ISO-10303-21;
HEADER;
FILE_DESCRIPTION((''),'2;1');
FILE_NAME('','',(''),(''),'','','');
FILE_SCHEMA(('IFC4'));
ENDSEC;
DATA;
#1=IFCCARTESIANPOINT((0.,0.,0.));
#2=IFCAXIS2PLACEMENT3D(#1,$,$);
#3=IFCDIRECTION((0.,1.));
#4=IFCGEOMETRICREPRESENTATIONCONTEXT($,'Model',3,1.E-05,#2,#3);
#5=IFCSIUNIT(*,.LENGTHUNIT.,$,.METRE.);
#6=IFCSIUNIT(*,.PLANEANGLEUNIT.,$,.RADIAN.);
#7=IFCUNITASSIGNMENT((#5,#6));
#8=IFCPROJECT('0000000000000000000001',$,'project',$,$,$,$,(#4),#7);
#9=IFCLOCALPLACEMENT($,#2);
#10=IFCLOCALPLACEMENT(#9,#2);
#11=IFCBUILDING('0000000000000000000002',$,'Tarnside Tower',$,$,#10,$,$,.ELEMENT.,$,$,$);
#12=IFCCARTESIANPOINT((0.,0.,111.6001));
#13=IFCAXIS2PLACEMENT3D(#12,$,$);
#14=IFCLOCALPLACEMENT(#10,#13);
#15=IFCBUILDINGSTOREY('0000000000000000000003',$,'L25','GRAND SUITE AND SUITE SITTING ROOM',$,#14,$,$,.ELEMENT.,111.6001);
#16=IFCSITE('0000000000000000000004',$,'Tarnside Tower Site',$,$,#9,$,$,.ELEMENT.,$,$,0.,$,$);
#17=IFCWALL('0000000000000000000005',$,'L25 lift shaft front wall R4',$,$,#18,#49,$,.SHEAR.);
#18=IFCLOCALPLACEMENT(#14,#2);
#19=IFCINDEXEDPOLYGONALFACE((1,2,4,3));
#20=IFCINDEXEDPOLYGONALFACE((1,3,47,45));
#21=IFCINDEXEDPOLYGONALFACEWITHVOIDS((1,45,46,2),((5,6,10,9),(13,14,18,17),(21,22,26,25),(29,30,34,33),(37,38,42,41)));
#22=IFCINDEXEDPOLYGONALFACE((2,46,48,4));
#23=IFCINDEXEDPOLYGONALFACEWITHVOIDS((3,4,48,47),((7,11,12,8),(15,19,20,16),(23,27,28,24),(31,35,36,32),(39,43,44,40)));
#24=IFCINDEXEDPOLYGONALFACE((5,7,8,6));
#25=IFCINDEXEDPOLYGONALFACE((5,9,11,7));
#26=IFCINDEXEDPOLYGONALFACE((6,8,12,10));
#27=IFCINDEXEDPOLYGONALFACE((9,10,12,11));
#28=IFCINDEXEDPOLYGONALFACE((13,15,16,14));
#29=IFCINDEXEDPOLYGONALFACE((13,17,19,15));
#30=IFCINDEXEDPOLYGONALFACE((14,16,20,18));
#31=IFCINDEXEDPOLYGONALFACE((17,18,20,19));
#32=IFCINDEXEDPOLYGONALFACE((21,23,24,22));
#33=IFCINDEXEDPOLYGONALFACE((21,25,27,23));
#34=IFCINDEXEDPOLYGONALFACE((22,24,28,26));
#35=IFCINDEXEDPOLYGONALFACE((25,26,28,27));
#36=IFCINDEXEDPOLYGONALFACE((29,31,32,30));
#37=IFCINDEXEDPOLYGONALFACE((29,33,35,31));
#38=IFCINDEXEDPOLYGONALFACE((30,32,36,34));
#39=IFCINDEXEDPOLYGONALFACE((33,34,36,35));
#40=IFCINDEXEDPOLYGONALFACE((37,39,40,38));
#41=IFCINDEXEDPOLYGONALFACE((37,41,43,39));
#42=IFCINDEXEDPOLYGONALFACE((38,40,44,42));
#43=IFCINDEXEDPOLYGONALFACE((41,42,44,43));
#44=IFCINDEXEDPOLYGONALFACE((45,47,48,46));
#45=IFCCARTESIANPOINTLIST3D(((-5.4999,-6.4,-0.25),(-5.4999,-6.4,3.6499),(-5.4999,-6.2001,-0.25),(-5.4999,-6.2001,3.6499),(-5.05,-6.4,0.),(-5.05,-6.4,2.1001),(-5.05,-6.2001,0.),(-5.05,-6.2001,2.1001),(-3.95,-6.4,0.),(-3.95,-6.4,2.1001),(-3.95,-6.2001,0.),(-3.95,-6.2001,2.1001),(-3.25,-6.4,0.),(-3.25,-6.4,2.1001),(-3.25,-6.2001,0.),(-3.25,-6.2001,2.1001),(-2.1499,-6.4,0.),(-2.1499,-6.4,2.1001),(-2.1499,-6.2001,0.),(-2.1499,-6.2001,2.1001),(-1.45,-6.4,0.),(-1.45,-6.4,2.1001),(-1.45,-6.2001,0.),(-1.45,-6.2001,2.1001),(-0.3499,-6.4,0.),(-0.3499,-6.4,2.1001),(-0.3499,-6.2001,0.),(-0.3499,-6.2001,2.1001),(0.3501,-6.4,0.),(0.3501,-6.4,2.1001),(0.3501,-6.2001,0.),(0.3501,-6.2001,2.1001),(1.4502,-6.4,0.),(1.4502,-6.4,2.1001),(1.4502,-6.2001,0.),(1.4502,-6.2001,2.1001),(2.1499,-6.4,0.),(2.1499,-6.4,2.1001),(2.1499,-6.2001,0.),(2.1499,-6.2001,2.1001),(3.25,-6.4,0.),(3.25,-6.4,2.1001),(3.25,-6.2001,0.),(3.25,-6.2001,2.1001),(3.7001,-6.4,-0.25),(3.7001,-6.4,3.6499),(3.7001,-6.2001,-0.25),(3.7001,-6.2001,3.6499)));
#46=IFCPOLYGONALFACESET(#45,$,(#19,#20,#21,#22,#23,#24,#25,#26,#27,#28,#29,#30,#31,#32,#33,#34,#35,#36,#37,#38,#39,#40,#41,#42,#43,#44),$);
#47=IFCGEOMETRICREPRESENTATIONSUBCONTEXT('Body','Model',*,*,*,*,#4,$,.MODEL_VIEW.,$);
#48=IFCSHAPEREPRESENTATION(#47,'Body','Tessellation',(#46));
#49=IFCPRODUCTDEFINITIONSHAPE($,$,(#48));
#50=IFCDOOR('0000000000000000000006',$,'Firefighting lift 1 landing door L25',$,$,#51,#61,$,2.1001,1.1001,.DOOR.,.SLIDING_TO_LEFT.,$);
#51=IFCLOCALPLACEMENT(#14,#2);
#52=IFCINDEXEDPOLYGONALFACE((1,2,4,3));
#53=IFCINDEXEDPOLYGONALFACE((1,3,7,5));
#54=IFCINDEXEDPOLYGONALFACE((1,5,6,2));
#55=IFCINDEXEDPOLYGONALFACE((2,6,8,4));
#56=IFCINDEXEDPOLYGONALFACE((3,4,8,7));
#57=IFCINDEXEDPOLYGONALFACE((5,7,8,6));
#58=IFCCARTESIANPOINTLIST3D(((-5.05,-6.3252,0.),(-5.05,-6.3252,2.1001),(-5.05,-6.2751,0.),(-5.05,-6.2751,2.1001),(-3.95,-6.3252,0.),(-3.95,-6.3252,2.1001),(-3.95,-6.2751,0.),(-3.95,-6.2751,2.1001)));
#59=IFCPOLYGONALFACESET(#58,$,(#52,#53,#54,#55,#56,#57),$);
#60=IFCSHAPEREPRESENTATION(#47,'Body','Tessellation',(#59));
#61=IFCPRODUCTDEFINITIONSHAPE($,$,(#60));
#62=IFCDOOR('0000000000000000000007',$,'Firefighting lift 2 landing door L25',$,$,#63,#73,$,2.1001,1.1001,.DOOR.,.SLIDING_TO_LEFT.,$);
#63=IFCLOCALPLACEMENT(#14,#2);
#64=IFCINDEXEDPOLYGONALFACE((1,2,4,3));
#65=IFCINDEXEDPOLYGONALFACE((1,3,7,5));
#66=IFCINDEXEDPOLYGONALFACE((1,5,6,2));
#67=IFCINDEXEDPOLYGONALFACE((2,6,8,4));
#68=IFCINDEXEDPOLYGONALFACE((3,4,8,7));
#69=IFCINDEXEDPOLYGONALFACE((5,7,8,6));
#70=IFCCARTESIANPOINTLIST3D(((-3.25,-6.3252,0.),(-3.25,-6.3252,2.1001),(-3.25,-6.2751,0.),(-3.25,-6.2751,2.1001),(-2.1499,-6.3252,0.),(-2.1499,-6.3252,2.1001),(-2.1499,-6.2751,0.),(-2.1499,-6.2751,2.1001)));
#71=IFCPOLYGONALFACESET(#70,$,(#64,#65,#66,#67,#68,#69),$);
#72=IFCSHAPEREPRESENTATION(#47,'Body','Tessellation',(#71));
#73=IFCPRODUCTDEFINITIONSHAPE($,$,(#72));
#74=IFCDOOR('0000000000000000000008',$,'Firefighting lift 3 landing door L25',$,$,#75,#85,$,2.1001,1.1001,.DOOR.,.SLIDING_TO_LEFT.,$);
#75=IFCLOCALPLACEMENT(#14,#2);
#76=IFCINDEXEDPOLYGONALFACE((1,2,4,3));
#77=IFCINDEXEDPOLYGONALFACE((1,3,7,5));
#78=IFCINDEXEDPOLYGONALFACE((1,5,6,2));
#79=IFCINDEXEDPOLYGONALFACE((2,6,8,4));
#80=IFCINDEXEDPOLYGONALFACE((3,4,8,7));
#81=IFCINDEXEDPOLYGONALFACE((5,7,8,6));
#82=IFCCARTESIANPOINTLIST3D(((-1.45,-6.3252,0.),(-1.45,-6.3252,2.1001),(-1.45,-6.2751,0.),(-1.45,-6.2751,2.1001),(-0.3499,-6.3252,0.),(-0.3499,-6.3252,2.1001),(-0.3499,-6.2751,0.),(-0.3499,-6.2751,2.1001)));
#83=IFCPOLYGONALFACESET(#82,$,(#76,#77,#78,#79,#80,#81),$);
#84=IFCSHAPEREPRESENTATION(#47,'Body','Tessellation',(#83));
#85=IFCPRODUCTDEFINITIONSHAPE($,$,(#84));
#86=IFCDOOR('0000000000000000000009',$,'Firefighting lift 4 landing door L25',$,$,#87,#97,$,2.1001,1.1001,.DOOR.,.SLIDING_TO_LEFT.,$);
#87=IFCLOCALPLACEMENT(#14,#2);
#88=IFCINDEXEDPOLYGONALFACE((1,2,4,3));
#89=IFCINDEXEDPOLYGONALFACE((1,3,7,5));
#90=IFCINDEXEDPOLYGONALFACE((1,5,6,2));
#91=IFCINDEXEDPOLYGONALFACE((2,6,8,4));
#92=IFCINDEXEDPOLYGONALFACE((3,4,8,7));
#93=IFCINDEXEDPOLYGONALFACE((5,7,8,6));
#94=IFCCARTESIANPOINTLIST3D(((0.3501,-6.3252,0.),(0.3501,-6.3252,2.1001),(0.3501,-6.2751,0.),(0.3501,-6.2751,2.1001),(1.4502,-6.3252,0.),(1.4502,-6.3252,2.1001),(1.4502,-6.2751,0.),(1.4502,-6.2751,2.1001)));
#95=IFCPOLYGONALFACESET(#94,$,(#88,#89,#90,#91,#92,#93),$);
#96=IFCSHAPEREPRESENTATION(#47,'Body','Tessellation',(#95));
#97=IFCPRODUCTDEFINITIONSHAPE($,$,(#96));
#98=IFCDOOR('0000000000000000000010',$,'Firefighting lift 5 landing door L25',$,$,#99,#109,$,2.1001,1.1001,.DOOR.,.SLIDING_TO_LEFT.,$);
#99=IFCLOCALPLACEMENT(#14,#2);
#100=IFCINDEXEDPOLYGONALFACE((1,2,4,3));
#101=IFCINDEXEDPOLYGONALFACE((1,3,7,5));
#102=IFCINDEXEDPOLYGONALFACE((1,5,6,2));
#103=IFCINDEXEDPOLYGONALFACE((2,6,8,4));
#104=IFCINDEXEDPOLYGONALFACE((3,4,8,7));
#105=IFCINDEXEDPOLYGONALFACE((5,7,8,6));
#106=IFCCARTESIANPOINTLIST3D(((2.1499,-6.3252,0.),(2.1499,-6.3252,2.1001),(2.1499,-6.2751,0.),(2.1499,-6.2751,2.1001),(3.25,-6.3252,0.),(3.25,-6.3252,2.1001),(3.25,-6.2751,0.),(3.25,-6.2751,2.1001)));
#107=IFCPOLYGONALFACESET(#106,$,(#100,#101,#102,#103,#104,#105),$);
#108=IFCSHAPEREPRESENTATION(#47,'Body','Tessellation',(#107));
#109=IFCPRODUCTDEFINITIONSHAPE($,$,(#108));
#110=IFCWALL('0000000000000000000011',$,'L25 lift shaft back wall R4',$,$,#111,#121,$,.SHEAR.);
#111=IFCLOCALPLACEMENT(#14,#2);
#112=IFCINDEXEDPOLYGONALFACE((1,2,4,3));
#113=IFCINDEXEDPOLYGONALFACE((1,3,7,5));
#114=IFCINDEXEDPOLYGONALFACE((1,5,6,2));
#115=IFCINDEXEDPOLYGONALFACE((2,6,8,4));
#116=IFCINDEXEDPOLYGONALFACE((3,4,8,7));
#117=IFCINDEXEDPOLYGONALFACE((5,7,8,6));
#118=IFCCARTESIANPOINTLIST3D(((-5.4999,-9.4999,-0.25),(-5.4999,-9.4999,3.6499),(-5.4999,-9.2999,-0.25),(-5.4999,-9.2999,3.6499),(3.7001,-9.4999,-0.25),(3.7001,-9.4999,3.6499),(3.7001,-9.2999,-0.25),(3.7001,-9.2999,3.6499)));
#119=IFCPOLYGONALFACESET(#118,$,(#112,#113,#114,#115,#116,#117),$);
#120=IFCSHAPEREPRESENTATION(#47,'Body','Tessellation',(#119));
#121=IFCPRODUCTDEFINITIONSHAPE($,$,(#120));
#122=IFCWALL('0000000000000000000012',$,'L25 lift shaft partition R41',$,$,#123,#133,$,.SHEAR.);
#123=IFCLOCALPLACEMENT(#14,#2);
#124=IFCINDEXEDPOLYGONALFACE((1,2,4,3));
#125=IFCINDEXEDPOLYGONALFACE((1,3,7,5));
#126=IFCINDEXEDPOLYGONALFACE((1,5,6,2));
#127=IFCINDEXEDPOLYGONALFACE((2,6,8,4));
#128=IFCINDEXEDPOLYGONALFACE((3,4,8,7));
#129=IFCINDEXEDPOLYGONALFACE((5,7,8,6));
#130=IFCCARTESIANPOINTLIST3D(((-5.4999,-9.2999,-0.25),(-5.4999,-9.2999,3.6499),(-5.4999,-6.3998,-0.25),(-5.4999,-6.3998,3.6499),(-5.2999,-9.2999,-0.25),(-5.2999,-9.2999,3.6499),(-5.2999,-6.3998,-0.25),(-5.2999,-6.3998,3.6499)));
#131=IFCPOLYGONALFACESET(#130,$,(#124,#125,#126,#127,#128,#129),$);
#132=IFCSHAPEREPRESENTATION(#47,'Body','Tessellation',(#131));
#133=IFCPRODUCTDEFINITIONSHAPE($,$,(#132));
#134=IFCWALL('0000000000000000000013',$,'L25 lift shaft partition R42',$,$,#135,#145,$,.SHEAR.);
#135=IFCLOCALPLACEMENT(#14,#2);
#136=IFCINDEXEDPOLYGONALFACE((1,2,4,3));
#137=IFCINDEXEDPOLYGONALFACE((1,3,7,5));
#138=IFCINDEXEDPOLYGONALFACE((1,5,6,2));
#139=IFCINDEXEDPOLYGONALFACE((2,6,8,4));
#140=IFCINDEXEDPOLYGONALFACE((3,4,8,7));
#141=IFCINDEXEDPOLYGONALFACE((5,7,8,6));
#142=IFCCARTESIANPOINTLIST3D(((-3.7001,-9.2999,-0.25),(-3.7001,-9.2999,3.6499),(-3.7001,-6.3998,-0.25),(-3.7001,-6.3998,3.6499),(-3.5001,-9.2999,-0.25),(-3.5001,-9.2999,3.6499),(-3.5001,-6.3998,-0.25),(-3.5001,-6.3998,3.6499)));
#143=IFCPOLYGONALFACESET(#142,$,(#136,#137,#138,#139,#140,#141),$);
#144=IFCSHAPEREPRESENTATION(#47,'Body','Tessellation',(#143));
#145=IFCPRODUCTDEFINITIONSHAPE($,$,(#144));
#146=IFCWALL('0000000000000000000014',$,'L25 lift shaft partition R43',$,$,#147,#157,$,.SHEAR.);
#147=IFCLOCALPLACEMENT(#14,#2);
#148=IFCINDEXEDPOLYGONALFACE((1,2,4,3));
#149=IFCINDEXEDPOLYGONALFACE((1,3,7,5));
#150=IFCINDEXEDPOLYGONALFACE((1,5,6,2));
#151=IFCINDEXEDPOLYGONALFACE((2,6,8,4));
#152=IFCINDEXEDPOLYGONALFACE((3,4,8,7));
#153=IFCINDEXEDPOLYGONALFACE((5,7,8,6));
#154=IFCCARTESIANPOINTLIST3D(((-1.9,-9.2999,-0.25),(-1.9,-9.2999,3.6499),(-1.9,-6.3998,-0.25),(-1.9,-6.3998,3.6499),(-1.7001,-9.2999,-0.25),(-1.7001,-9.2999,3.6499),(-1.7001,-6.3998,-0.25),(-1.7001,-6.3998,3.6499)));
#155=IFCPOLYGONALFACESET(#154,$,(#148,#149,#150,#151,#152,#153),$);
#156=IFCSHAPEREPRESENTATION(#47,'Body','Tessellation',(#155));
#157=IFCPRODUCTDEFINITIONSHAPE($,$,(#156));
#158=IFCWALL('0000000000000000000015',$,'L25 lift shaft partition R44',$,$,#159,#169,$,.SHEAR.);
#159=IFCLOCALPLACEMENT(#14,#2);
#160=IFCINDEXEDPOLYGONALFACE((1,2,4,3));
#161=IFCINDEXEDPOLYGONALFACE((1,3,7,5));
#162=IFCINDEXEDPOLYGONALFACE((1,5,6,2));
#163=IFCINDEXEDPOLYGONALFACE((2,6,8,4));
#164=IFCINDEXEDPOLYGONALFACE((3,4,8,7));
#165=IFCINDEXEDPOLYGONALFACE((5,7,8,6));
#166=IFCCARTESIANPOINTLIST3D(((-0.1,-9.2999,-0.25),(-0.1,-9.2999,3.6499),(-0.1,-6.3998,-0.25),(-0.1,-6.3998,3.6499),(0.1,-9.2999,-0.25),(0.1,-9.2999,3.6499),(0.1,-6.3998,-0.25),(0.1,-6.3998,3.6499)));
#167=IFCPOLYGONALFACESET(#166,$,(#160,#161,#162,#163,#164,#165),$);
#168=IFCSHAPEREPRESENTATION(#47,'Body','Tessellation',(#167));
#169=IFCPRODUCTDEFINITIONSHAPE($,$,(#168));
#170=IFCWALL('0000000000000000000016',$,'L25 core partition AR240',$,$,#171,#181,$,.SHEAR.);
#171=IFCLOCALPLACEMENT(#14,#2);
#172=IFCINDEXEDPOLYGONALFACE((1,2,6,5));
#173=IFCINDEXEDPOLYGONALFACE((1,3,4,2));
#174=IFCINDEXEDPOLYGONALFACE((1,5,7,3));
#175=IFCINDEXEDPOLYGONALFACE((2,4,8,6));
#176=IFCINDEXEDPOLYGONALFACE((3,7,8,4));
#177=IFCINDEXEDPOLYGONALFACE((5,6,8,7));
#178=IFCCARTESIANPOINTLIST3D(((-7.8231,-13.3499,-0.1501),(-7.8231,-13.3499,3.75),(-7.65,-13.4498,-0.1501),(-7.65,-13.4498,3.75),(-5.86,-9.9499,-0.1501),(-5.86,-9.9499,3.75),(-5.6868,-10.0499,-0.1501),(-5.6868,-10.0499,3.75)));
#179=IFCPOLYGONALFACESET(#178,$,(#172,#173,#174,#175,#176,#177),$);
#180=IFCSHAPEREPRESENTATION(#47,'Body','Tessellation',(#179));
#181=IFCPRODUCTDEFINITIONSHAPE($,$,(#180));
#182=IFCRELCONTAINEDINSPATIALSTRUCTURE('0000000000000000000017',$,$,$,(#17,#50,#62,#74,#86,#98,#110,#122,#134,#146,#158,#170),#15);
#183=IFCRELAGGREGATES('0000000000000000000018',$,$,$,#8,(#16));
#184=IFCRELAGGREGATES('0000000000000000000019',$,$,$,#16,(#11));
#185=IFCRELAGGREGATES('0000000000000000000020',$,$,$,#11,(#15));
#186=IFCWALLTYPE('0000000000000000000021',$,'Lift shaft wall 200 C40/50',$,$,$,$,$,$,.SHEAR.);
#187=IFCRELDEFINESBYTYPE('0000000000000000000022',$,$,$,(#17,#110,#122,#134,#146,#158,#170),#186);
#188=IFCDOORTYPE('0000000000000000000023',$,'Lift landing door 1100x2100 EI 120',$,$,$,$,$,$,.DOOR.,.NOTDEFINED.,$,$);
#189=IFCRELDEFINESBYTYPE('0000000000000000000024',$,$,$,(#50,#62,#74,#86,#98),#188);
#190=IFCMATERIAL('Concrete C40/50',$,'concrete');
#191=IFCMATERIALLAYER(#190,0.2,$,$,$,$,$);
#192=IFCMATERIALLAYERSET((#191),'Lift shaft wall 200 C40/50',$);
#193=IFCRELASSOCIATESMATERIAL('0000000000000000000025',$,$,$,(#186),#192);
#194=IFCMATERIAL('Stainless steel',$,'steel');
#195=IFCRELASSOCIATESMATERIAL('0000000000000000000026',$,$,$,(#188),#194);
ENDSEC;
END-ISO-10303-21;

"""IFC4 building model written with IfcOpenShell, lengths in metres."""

from ifc_helpers import new_model, si_unit, direction, frame, frame_2d, origin, place, context, subcontext, project, spatial, rectangle, extrude, material, layer, layer_set, type_object, element, fill, save


model = new_model("IFC4")

# Units and contexts
model_context = context("Model", 3, precision=1e-05, world=origin(), true_north=direction((0.0, 1.0)))
body_context = subcontext(model_context, "Body", "Model", "MODEL_VIEW")
ifc_project = project(units=[si_unit("LENGTHUNIT", "METRE"), si_unit("PLANEANGLEUNIT", "RADIAN")], contexts=[model_context])

# Site, building, storey
site_placement = place(None, origin())
site = spatial("IfcSite", under=ifc_project, at=site_placement, Name="Tarnside Tower Site", CompositionType="ELEMENT", RefElevation=0.0)
building_placement = place(site_placement, origin())
building = spatial("IfcBuilding", under=site, at=building_placement, Name="Tarnside Tower", CompositionType="ELEMENT")
storey_placement = place(building_placement, frame((0.0, 0.0, 111.6001)))
storey = spatial("IfcBuildingStorey", under=building, at=storey_placement, Name="L25", Description="GRAND SUITE AND SUITE SITTING ROOM", CompositionType="ELEMENT", Elevation=111.6001)

# Wall, openings, doors
ifc_material_1 = material(Name="Concrete C40/50", Category="concrete")
ifc_layer_1 = layer(ifc_material_1, 0.2)
ifc_layer_set_1 = layer_set([ifc_layer_1], Name="Lift shaft wall 200 C40/50")
wall_type_1 = type_object("IfcWallType", Name="Lift shaft wall 200 C40/50", PredefinedType="SHEAR", material=ifc_layer_set_1)
wall_1_placement = place(storey_placement, frame((-5.5, -6.3, -0.25), z_axis=(0.0, 0.0, 1.0), x_axis=(1.0, 0.0, 0.0)))
wall_1 = element("IfcWall", 1, at=wall_1_placement, inside=storey, type_object=wall_type_1, Name="L25 lift shaft front wall R4", PredefinedType="SHEAR", context=body_context, shape_type="SweptSolid", body=[
    extrude(rectangle(XDim=9.2, YDim=0.2, at=frame_2d((4.6001, 0.0))), origin(), (0.0, 0.0, 1.0), 3.8999),
])
opening_1_placement = place(wall_1_placement, frame((0.45, 0.0, 0.25)))
opening_1 = element("IfcOpeningElement", 2, at=opening_1_placement, cuts=wall_1, PredefinedType="OPENING", context=body_context, shape_type="SweptSolid", body=[
    extrude(rectangle(XDim=1.1001, YDim=2.1001, at=frame_2d((0.55, 1.05))), frame((0.0, 0.1099, 0.0), z_axis=(0.0, -1.0, 0.0), x_axis=(1.0, 0.0, 0.0)), (0.0, 0.0, 1.0), 0.22),
])
opening_2_placement = place(wall_1_placement, frame((2.25, 0.0, 0.25)))
opening_2 = element("IfcOpeningElement", 3, at=opening_2_placement, cuts=wall_1, PredefinedType="OPENING", context=body_context, shape_type="SweptSolid", body=[
    extrude(rectangle(XDim=1.1001, YDim=2.1001, at=frame_2d((0.55, 1.05))), frame((0.0, 0.1099, 0.0), z_axis=(0.0, -1.0, 0.0), x_axis=(1.0, 0.0, 0.0)), (0.0, 0.0, 1.0), 0.22),
])
opening_3_placement = place(wall_1_placement, frame((4.05, 0.0, 0.25)))
opening_3 = element("IfcOpeningElement", 4, at=opening_3_placement, cuts=wall_1, PredefinedType="OPENING", context=body_context, shape_type="SweptSolid", body=[
    extrude(rectangle(XDim=1.1001, YDim=2.1001, at=frame_2d((0.55, 1.05))), frame((0.0, 0.1099, 0.0), z_axis=(0.0, -1.0, 0.0), x_axis=(1.0, 0.0, 0.0)), (0.0, 0.0, 1.0), 0.22),
])
opening_4_placement = place(wall_1_placement, frame((5.8501, 0.0, 0.25)))
opening_4 = element("IfcOpeningElement", 5, at=opening_4_placement, cuts=wall_1, PredefinedType="OPENING", context=body_context, shape_type="SweptSolid", body=[
    extrude(rectangle(XDim=1.1001, YDim=2.1001, at=frame_2d((0.55, 1.05))), frame((0.0, 0.1099, 0.0), z_axis=(0.0, -1.0, 0.0), x_axis=(1.0, 0.0, 0.0)), (0.0, 0.0, 1.0), 0.22),
])
opening_5_placement = place(wall_1_placement, frame((7.6499, 0.0, 0.25)))
opening_5 = element("IfcOpeningElement", 6, at=opening_5_placement, cuts=wall_1, PredefinedType="OPENING", context=body_context, shape_type="SweptSolid", body=[
    extrude(rectangle(XDim=1.1001, YDim=2.1001, at=frame_2d((0.55, 1.05))), frame((0.0, 0.1099, 0.0), z_axis=(0.0, -1.0, 0.0), x_axis=(1.0, 0.0, 0.0)), (0.0, 0.0, 1.0), 0.22),
])
ifc_material_2 = material(Name="Stainless steel", Category="steel")
door_type_1 = type_object("IfcDoorType", Name="Lift landing door 1100x2100 EI 120", OperationType="NOTDEFINED", PredefinedType="DOOR", material=ifc_material_2)
door_1_placement = place(opening_1_placement, origin())
door_1 = element("IfcDoor", 7, at=door_1_placement, inside=storey, type_object=door_type_1, Name="Firefighting lift 1 landing door L25", OperationType="SLIDING_TO_LEFT", OverallHeight=2.1001, OverallWidth=1.1001, PredefinedType="DOOR", context=body_context, shape_type="SweptSolid", body=[
    extrude(rectangle(XDim=1.1001, YDim=2.1001, at=frame_2d((0.55, 1.05))), frame((0.0, 0.0249, 0.0), z_axis=(0.0, -1.0, 0.0), x_axis=(1.0, 0.0, 0.0)), (0.0, 0.0, 1.0), 0.05),
])
fill(opening_1, door_1)
door_2_placement = place(opening_2_placement, origin())
door_2 = element("IfcDoor", 8, at=door_2_placement, inside=storey, type_object=door_type_1, Name="Firefighting lift 2 landing door L25", OperationType="SLIDING_TO_LEFT", OverallHeight=2.1001, OverallWidth=1.1001, PredefinedType="DOOR", context=body_context, shape_type="SweptSolid", body=[
    extrude(rectangle(XDim=1.1001, YDim=2.1001, at=frame_2d((0.55, 1.05))), frame((0.0, 0.0249, 0.0), z_axis=(0.0, -1.0, 0.0), x_axis=(1.0, 0.0, 0.0)), (0.0, 0.0, 1.0), 0.05),
])
fill(opening_2, door_2)
door_3_placement = place(opening_3_placement, origin())
door_3 = element("IfcDoor", 9, at=door_3_placement, inside=storey, type_object=door_type_1, Name="Firefighting lift 3 landing door L25", OperationType="SLIDING_TO_LEFT", OverallHeight=2.1001, OverallWidth=1.1001, PredefinedType="DOOR", context=body_context, shape_type="SweptSolid", body=[
    extrude(rectangle(XDim=1.1001, YDim=2.1001, at=frame_2d((0.55, 1.05))), frame((0.0, 0.0249, 0.0), z_axis=(0.0, -1.0, 0.0), x_axis=(1.0, 0.0, 0.0)), (0.0, 0.0, 1.0), 0.05),
])
fill(opening_3, door_3)
door_4_placement = place(opening_4_placement, origin())
door_4 = element("IfcDoor", 10, at=door_4_placement, inside=storey, type_object=door_type_1, Name="Firefighting lift 4 landing door L25", OperationType="SLIDING_TO_LEFT", OverallHeight=2.1001, OverallWidth=1.1001, PredefinedType="DOOR", context=body_context, shape_type="SweptSolid", body=[
    extrude(rectangle(XDim=1.1001, YDim=2.1001, at=frame_2d((0.55, 1.05))), frame((0.0, 0.0249, 0.0), z_axis=(0.0, -1.0, 0.0), x_axis=(1.0, 0.0, 0.0)), (0.0, 0.0, 1.0), 0.05),
])
fill(opening_4, door_4)
door_5_placement = place(opening_5_placement, origin())
door_5 = element("IfcDoor", 11, at=door_5_placement, inside=storey, type_object=door_type_1, Name="Firefighting lift 5 landing door L25", OperationType="SLIDING_TO_LEFT", OverallHeight=2.1001, OverallWidth=1.1001, PredefinedType="DOOR", context=body_context, shape_type="SweptSolid", body=[
    extrude(rectangle(XDim=1.1001, YDim=2.1001, at=frame_2d((0.55, 1.05))), frame((0.0, 0.0249, 0.0), z_axis=(0.0, -1.0, 0.0), x_axis=(1.0, 0.0, 0.0)), (0.0, 0.0, 1.0), 0.05),
])
fill(opening_5, door_5)

# Walls
wall_2_placement = place(storey_placement, frame((-5.5, -9.3999, -0.25), z_axis=(0.0, 0.0, 1.0), x_axis=(1.0, 0.0, 0.0)))
element("IfcWall", 12, at=wall_2_placement, inside=storey, type_object=wall_type_1, Name="L25 lift shaft back wall R4", PredefinedType="SHEAR", context=body_context, shape_type="SweptSolid", body=[
    extrude(rectangle(XDim=9.2, YDim=0.2, at=frame_2d((4.6001, 0.0))), origin(), (0.0, 0.0, 1.0), 3.8999),
])
for number, where, z_axis, x_axis, name in (
    (13, (-5.3999, -9.3, -0.25), (0.0, 0.0, 1.0), (0.0, 1.0, 0.0), "L25 lift shaft partition R41"),
    (14, (-3.6001, -9.3, -0.25), (0.0, 0.0, 1.0), (0.0, 1.0, 0.0), "L25 lift shaft partition R42"),
    (15, (-1.8, -9.3, -0.25), (0.0, 0.0, 1.0), (0.0, 1.0, 0.0), "L25 lift shaft partition R43"),
    (16, (0.0, -9.3, -0.25), (0.0, 0.0, 1.0), (0.0, 1.0, 0.0), "L25 lift shaft partition R44"),
):
    element("IfcWall", number, at=place(storey_placement, frame(where, z_axis=z_axis, x_axis=x_axis)), inside=storey, type_object=wall_type_1, Name=name, PredefinedType="SHEAR", context=body_context, shape_type="SweptSolid", body=[
        extrude(rectangle(XDim=2.9001, YDim=0.2, at=frame_2d((1.4502, 0.0))), origin(), (0.0, 0.0, 1.0), 3.8999),
    ])
wall_3_placement = place(storey_placement, frame((-5.7734, -10.0, -0.1501), z_axis=(0.0, 0.0, 1.0), x_axis=(-0.500038, -0.866003, 0.0)))
element("IfcWall", 17, at=wall_3_placement, inside=storey, type_object=wall_type_1, Name="L25 core partition AR240", PredefinedType="SHEAR", context=body_context, shape_type="SweptSolid", body=[
    extrude(rectangle(XDim=3.926, YDim=0.2, at=frame_2d((1.9629, 0.0))), origin(), (0.0, 0.0, 1.0), 3.9001),
])

save(model, "model.ifc")
